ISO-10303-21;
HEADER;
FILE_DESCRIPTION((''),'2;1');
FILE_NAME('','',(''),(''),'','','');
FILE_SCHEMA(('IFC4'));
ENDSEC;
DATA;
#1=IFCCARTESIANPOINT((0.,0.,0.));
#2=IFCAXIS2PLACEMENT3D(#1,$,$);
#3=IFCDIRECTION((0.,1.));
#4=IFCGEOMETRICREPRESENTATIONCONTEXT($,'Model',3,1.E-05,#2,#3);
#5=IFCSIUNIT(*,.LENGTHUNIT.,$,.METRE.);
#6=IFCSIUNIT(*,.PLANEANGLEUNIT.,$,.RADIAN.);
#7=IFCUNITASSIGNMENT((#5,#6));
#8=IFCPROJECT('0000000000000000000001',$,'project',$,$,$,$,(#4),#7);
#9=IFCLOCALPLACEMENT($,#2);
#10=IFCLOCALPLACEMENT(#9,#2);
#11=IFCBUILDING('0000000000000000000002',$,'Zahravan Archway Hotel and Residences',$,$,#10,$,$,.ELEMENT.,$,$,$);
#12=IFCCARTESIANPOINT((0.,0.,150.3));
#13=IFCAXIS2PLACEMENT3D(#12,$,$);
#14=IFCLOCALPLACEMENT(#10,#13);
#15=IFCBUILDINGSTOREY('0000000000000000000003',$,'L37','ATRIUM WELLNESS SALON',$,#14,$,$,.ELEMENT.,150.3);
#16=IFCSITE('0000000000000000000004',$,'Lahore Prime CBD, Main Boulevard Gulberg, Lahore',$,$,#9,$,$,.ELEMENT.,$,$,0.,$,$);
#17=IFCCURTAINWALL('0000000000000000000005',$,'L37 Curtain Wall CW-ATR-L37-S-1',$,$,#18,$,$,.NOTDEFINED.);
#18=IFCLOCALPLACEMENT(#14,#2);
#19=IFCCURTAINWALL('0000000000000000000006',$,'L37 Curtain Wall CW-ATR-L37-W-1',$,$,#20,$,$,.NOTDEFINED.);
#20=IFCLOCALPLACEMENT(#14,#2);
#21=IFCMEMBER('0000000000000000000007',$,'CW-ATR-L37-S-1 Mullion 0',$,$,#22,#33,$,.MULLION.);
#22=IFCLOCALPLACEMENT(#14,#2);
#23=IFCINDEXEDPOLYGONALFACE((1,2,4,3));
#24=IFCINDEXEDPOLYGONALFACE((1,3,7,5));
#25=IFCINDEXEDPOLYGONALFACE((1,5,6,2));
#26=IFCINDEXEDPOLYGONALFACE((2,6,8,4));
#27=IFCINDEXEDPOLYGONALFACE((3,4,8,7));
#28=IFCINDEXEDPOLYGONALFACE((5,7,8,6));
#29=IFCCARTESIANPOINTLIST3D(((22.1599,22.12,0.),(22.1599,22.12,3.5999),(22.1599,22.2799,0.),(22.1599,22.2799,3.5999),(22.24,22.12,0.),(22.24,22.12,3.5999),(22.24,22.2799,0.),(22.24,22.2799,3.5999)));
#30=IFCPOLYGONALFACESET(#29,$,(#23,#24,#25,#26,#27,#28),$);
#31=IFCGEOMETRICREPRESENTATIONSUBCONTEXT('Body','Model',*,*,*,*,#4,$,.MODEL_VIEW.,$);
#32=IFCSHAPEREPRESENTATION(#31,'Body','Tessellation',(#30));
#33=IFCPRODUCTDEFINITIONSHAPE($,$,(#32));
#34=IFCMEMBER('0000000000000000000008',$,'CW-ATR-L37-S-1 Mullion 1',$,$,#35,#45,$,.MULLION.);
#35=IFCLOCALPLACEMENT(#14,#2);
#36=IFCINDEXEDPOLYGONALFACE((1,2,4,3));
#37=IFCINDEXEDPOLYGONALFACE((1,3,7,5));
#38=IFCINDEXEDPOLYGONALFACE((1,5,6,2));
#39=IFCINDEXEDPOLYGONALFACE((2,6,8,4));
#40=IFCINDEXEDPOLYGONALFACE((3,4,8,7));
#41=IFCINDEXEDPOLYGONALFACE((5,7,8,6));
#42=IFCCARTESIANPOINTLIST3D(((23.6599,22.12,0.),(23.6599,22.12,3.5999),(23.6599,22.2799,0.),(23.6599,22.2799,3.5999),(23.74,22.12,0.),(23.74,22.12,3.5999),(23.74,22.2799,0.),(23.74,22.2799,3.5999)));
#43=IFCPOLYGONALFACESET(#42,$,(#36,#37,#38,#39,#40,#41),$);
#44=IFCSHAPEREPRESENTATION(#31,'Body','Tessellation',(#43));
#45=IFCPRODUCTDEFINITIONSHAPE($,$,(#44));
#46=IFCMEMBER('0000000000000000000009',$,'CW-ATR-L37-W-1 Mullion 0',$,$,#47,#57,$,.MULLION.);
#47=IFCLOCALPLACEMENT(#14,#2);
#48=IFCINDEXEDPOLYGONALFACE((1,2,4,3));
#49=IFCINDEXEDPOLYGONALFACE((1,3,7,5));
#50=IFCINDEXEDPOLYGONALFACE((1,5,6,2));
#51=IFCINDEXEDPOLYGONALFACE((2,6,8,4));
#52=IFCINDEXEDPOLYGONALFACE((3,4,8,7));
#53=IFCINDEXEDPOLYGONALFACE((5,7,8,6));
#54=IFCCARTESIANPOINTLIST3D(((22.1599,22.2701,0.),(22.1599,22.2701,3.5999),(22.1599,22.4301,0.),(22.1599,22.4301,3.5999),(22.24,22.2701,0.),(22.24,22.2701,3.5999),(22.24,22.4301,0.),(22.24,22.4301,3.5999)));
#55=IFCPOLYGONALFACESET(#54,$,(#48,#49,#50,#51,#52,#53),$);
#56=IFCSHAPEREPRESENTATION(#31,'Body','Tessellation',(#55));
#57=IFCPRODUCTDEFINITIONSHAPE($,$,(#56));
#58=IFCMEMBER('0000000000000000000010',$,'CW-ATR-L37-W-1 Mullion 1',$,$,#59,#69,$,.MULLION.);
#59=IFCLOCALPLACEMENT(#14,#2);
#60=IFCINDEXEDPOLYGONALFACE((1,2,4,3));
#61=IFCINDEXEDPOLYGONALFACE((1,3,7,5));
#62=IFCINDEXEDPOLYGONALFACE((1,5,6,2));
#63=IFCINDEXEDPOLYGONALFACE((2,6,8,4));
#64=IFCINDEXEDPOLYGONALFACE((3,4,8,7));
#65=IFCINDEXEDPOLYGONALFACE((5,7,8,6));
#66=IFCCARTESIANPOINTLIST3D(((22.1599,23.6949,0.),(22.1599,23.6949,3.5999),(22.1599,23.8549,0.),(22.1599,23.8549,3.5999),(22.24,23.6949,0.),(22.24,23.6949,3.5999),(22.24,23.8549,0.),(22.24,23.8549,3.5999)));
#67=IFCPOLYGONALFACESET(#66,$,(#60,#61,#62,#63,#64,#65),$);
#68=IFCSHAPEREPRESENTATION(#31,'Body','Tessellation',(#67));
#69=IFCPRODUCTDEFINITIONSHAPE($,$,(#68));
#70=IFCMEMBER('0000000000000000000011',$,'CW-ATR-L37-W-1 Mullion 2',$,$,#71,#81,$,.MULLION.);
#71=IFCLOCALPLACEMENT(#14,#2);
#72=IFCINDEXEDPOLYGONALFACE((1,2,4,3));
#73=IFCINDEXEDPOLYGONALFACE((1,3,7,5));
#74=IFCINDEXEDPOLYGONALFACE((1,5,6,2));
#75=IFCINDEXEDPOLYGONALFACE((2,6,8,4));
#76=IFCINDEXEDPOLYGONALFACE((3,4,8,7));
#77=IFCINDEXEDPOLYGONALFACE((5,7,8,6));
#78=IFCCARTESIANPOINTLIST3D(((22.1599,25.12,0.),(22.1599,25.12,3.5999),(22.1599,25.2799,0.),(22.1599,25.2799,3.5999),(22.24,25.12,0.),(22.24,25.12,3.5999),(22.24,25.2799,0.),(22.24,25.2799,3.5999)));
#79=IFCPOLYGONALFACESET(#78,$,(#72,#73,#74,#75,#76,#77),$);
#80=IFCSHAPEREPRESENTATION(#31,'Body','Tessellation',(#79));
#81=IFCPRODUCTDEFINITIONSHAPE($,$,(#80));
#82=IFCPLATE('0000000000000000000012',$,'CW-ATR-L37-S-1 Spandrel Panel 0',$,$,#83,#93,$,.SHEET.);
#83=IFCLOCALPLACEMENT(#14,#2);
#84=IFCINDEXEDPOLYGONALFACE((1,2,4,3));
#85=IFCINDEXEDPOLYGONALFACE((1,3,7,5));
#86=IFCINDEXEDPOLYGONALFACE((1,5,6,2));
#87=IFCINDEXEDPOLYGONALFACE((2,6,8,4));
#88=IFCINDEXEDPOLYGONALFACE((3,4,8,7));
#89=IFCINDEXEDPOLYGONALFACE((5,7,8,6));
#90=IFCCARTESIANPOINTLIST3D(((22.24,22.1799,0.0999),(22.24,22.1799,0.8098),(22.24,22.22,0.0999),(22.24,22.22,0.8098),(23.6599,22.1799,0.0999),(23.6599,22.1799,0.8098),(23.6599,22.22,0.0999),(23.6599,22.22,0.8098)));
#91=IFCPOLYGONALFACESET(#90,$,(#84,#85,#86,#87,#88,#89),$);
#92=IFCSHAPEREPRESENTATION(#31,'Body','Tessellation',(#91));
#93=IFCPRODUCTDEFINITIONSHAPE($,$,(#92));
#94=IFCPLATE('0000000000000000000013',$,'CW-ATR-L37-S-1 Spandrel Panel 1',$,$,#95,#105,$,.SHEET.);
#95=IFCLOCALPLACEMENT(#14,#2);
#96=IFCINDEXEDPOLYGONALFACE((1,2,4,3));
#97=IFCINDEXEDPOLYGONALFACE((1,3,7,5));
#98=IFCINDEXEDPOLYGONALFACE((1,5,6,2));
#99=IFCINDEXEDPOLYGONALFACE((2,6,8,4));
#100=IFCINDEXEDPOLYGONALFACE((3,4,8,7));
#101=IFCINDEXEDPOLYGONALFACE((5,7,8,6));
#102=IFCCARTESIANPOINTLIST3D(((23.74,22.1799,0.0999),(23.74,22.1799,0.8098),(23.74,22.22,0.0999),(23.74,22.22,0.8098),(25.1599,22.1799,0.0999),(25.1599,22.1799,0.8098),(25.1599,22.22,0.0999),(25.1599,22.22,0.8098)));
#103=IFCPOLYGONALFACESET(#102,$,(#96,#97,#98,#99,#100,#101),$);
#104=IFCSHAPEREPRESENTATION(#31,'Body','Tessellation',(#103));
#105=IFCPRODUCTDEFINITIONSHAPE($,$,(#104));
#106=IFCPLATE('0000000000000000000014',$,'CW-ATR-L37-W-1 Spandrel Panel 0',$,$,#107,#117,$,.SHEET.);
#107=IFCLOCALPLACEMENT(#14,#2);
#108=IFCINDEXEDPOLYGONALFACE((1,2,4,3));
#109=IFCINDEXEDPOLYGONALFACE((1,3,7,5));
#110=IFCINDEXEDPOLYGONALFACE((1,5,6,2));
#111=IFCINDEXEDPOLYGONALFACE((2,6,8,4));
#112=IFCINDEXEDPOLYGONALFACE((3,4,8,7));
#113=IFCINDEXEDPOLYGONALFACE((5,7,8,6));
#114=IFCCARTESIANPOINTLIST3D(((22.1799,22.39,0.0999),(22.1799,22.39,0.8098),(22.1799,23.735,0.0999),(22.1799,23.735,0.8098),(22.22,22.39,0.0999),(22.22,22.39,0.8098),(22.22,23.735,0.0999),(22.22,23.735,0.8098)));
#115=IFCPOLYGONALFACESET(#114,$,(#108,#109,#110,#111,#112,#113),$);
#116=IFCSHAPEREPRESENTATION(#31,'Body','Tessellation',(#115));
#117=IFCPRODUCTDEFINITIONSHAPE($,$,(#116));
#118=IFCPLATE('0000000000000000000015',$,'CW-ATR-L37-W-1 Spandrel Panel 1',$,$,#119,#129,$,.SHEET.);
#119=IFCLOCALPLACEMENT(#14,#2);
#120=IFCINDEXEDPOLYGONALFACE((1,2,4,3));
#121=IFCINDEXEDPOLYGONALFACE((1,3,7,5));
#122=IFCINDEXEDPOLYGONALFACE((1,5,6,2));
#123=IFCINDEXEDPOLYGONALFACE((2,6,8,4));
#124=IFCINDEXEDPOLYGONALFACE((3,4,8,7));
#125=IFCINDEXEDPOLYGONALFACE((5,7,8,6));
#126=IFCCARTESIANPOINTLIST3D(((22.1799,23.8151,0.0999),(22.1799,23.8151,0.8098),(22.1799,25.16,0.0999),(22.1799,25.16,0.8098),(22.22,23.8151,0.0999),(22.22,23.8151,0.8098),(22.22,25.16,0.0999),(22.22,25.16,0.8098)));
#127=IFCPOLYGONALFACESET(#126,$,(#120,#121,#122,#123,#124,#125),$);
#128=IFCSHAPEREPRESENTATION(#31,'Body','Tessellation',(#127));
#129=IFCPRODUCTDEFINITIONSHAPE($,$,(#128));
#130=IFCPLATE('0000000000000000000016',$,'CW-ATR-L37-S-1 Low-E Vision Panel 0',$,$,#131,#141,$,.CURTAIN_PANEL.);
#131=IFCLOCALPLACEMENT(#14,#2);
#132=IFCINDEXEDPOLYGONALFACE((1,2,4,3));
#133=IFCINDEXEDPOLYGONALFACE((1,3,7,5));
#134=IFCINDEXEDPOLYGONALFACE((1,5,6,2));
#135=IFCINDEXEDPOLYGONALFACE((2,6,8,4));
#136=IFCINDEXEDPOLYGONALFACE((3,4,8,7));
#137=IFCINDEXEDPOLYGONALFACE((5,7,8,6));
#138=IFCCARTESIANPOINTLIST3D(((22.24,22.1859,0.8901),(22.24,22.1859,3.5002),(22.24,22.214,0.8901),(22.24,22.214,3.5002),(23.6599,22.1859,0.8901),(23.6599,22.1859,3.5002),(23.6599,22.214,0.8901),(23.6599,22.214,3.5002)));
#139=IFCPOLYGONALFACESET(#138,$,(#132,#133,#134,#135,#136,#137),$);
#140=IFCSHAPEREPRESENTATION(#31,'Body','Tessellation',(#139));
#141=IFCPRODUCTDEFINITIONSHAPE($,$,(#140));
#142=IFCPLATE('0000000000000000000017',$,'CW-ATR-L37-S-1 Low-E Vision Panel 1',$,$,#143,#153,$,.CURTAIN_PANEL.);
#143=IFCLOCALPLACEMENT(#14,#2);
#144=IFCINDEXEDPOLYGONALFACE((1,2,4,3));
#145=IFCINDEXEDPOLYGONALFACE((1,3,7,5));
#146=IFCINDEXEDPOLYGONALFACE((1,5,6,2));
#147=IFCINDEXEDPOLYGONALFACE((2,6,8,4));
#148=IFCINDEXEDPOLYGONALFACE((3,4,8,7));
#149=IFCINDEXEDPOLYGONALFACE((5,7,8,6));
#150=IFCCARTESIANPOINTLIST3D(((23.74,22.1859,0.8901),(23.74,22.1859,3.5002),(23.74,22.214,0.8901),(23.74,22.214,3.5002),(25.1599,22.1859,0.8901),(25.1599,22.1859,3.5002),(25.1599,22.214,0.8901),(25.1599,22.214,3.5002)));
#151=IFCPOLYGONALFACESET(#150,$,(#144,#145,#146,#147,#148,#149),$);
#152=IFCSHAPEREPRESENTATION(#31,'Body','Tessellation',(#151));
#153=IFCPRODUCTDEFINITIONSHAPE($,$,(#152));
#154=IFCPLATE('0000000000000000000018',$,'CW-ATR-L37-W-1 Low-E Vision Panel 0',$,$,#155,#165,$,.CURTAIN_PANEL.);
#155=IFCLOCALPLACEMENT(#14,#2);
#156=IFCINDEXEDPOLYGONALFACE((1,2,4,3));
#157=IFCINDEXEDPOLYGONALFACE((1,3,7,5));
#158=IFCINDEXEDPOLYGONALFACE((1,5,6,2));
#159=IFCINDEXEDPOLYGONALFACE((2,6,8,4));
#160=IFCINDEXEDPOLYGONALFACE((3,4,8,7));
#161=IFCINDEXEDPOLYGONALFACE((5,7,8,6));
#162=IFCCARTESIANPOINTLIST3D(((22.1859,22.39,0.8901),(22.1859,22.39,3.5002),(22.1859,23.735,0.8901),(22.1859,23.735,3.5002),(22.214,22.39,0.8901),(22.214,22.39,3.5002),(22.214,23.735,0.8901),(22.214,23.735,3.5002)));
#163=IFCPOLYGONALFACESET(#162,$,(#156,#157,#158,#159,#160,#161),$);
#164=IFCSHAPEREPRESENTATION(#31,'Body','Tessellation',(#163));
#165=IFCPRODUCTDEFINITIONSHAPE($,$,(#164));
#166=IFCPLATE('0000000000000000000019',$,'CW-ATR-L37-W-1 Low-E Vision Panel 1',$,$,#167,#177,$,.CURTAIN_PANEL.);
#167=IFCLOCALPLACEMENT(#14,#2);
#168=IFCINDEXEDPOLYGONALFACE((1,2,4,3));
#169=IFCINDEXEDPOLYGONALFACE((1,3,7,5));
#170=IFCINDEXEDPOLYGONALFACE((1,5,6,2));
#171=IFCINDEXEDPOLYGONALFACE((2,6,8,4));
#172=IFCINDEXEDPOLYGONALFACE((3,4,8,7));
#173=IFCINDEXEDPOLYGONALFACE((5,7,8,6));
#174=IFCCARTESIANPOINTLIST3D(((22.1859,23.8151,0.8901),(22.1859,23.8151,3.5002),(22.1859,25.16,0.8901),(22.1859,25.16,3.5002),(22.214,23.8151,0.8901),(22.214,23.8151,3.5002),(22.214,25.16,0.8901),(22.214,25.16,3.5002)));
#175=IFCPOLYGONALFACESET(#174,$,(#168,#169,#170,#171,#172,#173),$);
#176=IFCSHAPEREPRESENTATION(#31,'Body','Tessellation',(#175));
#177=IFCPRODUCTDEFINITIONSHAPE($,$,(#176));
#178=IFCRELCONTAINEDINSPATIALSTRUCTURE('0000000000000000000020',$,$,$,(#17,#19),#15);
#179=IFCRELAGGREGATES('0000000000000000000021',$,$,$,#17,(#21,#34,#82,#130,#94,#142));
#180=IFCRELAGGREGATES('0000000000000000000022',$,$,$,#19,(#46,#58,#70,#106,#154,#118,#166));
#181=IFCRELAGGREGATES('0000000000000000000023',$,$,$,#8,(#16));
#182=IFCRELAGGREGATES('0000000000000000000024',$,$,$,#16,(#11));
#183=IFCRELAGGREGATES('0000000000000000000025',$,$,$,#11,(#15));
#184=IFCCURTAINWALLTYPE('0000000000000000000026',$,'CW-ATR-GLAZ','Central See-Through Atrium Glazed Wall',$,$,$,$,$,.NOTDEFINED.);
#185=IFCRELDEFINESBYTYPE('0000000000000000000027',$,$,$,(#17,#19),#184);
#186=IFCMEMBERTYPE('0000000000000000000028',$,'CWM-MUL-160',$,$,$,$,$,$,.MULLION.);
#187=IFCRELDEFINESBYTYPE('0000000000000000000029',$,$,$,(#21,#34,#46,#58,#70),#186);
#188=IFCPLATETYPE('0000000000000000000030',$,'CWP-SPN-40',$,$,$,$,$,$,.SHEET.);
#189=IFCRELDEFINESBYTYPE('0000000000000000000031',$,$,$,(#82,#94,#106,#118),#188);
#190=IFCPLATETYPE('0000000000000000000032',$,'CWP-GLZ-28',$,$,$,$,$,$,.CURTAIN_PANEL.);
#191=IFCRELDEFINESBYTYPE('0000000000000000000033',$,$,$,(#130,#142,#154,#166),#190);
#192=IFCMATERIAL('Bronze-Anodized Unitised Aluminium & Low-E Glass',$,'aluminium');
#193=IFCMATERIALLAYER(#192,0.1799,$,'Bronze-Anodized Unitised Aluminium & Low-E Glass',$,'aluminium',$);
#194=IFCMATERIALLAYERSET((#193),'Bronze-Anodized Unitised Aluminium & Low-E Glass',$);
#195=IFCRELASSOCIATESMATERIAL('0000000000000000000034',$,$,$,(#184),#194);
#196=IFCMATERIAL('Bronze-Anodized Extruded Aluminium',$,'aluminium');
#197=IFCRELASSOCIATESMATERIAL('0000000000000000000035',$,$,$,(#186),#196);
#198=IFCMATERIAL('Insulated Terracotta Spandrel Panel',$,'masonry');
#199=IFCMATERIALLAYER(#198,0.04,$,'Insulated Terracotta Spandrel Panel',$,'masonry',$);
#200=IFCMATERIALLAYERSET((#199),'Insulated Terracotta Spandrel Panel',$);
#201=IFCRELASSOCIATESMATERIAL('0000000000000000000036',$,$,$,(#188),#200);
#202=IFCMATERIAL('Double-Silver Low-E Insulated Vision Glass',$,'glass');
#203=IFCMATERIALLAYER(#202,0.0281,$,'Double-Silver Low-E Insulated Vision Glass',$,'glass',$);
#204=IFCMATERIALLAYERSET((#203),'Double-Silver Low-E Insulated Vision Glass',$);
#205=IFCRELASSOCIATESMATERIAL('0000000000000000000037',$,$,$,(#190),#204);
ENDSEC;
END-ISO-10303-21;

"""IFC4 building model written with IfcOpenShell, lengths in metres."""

from ifc_helpers import new_model, si_unit, direction, frame, origin, origin_2d, place, context, subcontext, project, spatial, rectangle, extrude, source, transform, mapped, material, layer, layer_set, material_profile, profile_set, type_object, element, aggregate, save


model = new_model("IFC4")

# Units and contexts
model_context = context("Model", 3, precision=1e-05, world=origin(), true_north=direction((0.0, 1.0)))
body_context = subcontext(model_context, "Body", "Model", "MODEL_VIEW")
ifc_project = project(units=[si_unit("LENGTHUNIT", "METRE"), si_unit("PLANEANGLEUNIT", "RADIAN")], contexts=[model_context])

# Site, building, storey
site_placement = place(None, origin())
site = spatial("IfcSite", under=ifc_project, at=site_placement, Name="Lahore Prime CBD, Main Boulevard Gulberg, Lahore", CompositionType="ELEMENT", RefElevation=0.0)
building_placement = place(site_placement, origin())
building = spatial("IfcBuilding", under=site, at=building_placement, Name="Zahravan Archway Hotel and Residences", CompositionType="ELEMENT")
storey_placement = place(building_placement, frame((0.0, 0.0, 150.3)))
storey = spatial("IfcBuildingStorey", under=building, at=storey_placement, Name="L37", Description="ATRIUM WELLNESS SALON", CompositionType="ELEMENT", Elevation=150.3)

# Curtain walls
ifc_material_1 = material(Name="Bronze-Anodized Unitised Aluminium & Low-E Glass", Category="aluminium")
ifc_layer_1 = layer(ifc_material_1, 0.1799, Name="Bronze-Anodized Unitised Aluminium & Low-E Glass", Category="aluminium")
ifc_layer_set_1 = layer_set([ifc_layer_1], Name="Bronze-Anodized Unitised Aluminium & Low-E Glass")
curtain_wall_type = type_object("IfcCurtainWallType", Name="CW-ATR-GLAZ", Description="Central See-Through Atrium Glazed Wall", PredefinedType="NOTDEFINED", material=ifc_layer_set_1)
curtain_wall_1_placement = place(storey_placement, origin())
curtain_wall_1 = element("IfcCurtainWall", 1, at=curtain_wall_1_placement, inside=storey, type_object=curtain_wall_type, Name="L37 Curtain Wall CW-ATR-L37-S-1", PredefinedType="NOTDEFINED")
ifc_material_2 = material(Name="Bronze-Anodized Extruded Aluminium", Category="aluminium")
curtain_wall_2_placement = place(storey_placement, origin())
curtain_wall_2 = element("IfcCurtainWall", 2, at=curtain_wall_2_placement, inside=storey, type_object=curtain_wall_type, Name="L37 Curtain Wall CW-ATR-L37-W-1", PredefinedType="NOTDEFINED")

# Members
ifc_material_profile_1 = material_profile(ifc_material_2, rectangle(XDim=0.0801, YDim=0.1599, at=origin_2d()), Name="MUL 80x160", Category="aluminium")
ifc_profile_set_1 = profile_set([ifc_material_profile_1], Name="Bronze-Anodized Extruded Aluminium")
member_type_1 = type_object("IfcMemberType", Name="CWM-MUL-160", PredefinedType="MULLION", material=ifc_profile_set_1)
shared_shape_1 = source(origin(), body_context, "Body", "SweptSolid", [
    extrude(rectangle(XDim=0.0801, YDim=0.1599, at=origin_2d()), origin(), (0.0, 0.0, 1.0), 3.5999),
])
member_1_placement = place(storey_placement, frame((22.2, 22.2, 0.0), z_axis=(0.0, 0.0, 1.0), x_axis=(1.0, 0.0, 0.0)))
member_1 = element("IfcMember", 3, at=member_1_placement, type_object=member_type_1, Name="CW-ATR-L37-S-1 Mullion 0", PredefinedType="MULLION", context=body_context, shape_type="MappedRepresentation", body=[
    mapped(shared_shape_1, transform((0.0, 0.0, 0.0), scale=1.0)),
])
member_2_placement = place(storey_placement, frame((23.7, 22.2, 0.0), z_axis=(0.0, 0.0, 1.0), x_axis=(1.0, 0.0, 0.0)))
member_2 = element("IfcMember", 4, at=member_2_placement, type_object=member_type_1, Name="CW-ATR-L37-S-1 Mullion 1", PredefinedType="MULLION", context=body_context, shape_type="MappedRepresentation", body=[
    mapped(shared_shape_1, transform((0.0, 0.0, 0.0), scale=1.0)),
])
member_3_placement = place(storey_placement, frame((22.2, 22.3501, 0.0), z_axis=(0.0, 0.0, 1.0), x_axis=(1.0, 0.0, 0.0)))
member_3 = element("IfcMember", 5, at=member_3_placement, type_object=member_type_1, Name="CW-ATR-L37-W-1 Mullion 0", PredefinedType="MULLION", context=body_context, shape_type="MappedRepresentation", body=[
    mapped(shared_shape_1, transform((0.0, 0.0, 0.0), scale=1.0)),
])
member_4_placement = place(storey_placement, frame((22.2, 23.7749, 0.0), z_axis=(0.0, 0.0, 1.0), x_axis=(1.0, 0.0, 0.0)))
member_4 = element("IfcMember", 6, at=member_4_placement, type_object=member_type_1, Name="CW-ATR-L37-W-1 Mullion 1", PredefinedType="MULLION", context=body_context, shape_type="MappedRepresentation", body=[
    mapped(shared_shape_1, transform((0.0, 0.0, 0.0), scale=1.0)),
])
member_5_placement = place(storey_placement, frame((22.2, 25.2, 0.0), z_axis=(0.0, 0.0, 1.0), x_axis=(1.0, 0.0, 0.0)))
member_5 = element("IfcMember", 7, at=member_5_placement, type_object=member_type_1, Name="CW-ATR-L37-W-1 Mullion 2", PredefinedType="MULLION", context=body_context, shape_type="MappedRepresentation", body=[
    mapped(shared_shape_1, transform((0.0, 0.0, 0.0), scale=1.0)),
])

# Plates
ifc_material_3 = material(Name="Insulated Terracotta Spandrel Panel", Category="masonry")
ifc_layer_2 = layer(ifc_material_3, 0.04, Name="Insulated Terracotta Spandrel Panel", Category="masonry")
ifc_layer_set_2 = layer_set([ifc_layer_2], Name="Insulated Terracotta Spandrel Panel")
plate_type_1 = type_object("IfcPlateType", Name="CWP-SPN-40", PredefinedType="SHEET", material=ifc_layer_set_2)
shared_shape_2 = source(origin(), body_context, "Body", "SweptSolid", [
    extrude(rectangle(XDim=1.4199, YDim=0.04, at=origin_2d()), origin(), (0.0, 0.0, 1.0), 0.71),
])
plate_1_placement = place(storey_placement, frame((22.95, 22.2, 0.0999), z_axis=(0.0, 0.0, 1.0), x_axis=(1.0, 0.0, 0.0)))
plate_1 = element("IfcPlate", 8, at=plate_1_placement, type_object=plate_type_1, Name="CW-ATR-L37-S-1 Spandrel Panel 0", PredefinedType="SHEET", context=body_context, shape_type="MappedRepresentation", body=[
    mapped(shared_shape_2, transform((0.0, 0.0, 0.0), scale=1.0)),
])
plate_2_placement = place(storey_placement, frame((24.45, 22.2, 0.0999), z_axis=(0.0, 0.0, 1.0), x_axis=(1.0, 0.0, 0.0)))
plate_2 = element("IfcPlate", 9, at=plate_2_placement, type_object=plate_type_1, Name="CW-ATR-L37-S-1 Spandrel Panel 1", PredefinedType="SHEET", context=body_context, shape_type="MappedRepresentation", body=[
    mapped(shared_shape_2, transform((0.0, 0.0, 0.0), scale=1.0)),
])
shared_shape_3 = source(origin(), body_context, "Body", "SweptSolid", [
    extrude(rectangle(XDim=1.345, YDim=0.04, at=origin_2d()), origin(), (0.0, 0.0, 1.0), 0.71),
])
plate_3_placement = place(storey_placement, frame((22.2, 23.0625, 0.0999), z_axis=(0.0, 0.0, 1.0), x_axis=(0.0, 1.0, 0.0)))
plate_3 = element("IfcPlate", 10, at=plate_3_placement, type_object=plate_type_1, Name="CW-ATR-L37-W-1 Spandrel Panel 0", PredefinedType="SHEET", context=body_context, shape_type="MappedRepresentation", body=[
    mapped(shared_shape_3, transform((0.0, 0.0, 0.0), scale=1.0)),
])
plate_4_placement = place(storey_placement, frame((22.2, 24.4875, 0.0999), z_axis=(0.0, 0.0, 1.0), x_axis=(0.0, 1.0, 0.0)))
plate_4 = element("IfcPlate", 11, at=plate_4_placement, type_object=plate_type_1, Name="CW-ATR-L37-W-1 Spandrel Panel 1", PredefinedType="SHEET", context=body_context, shape_type="MappedRepresentation", body=[
    mapped(shared_shape_3, transform((0.0, 0.0, 0.0), scale=1.0)),
])
ifc_material_4 = material(Name="Double-Silver Low-E Insulated Vision Glass", Category="glass")
ifc_layer_3 = layer(ifc_material_4, 0.0281, Name="Double-Silver Low-E Insulated Vision Glass", Category="glass")
ifc_layer_set_3 = layer_set([ifc_layer_3], Name="Double-Silver Low-E Insulated Vision Glass")
plate_type_2 = type_object("IfcPlateType", Name="CWP-GLZ-28", PredefinedType="CURTAIN_PANEL", material=ifc_layer_set_3)
shared_shape_4 = source(origin(), body_context, "Body", "SweptSolid", [
    extrude(rectangle(XDim=1.4199, YDim=0.0281, at=origin_2d()), origin(), (0.0, 0.0, 1.0), 2.6101),
])
plate_5_placement = place(storey_placement, frame((22.95, 22.2, 0.8901), z_axis=(0.0, 0.0, 1.0), x_axis=(1.0, 0.0, 0.0)))
plate_5 = element("IfcPlate", 12, at=plate_5_placement, type_object=plate_type_2, Name="CW-ATR-L37-S-1 Low-E Vision Panel 0", PredefinedType="CURTAIN_PANEL", context=body_context, shape_type="MappedRepresentation", body=[
    mapped(shared_shape_4, transform((0.0, 0.0, 0.0), scale=1.0)),
])
plate_6_placement = place(storey_placement, frame((24.45, 22.2, 0.8901), z_axis=(0.0, 0.0, 1.0), x_axis=(1.0, 0.0, 0.0)))
plate_6 = element("IfcPlate", 13, at=plate_6_placement, type_object=plate_type_2, Name="CW-ATR-L37-S-1 Low-E Vision Panel 1", PredefinedType="CURTAIN_PANEL", context=body_context, shape_type="MappedRepresentation", body=[
    mapped(shared_shape_4, transform((0.0, 0.0, 0.0), scale=1.0)),
])
aggregate(curtain_wall_1, [member_1, member_2, plate_1, plate_5, plate_2, plate_6])
shared_shape_5 = source(origin(), body_context, "Body", "SweptSolid", [
    extrude(rectangle(XDim=1.345, YDim=0.0281, at=origin_2d()), origin(), (0.0, 0.0, 1.0), 2.6101),
])
plate_7_placement = place(storey_placement, frame((22.2, 23.0625, 0.8901), z_axis=(0.0, 0.0, 1.0), x_axis=(0.0, 1.0, 0.0)))
plate_7 = element("IfcPlate", 14, at=plate_7_placement, type_object=plate_type_2, Name="CW-ATR-L37-W-1 Low-E Vision Panel 0", PredefinedType="CURTAIN_PANEL", context=body_context, shape_type="MappedRepresentation", body=[
    mapped(shared_shape_5, transform((0.0, 0.0, 0.0), scale=1.0)),
])
plate_8_placement = place(storey_placement, frame((22.2, 24.4875, 0.8901), z_axis=(0.0, 0.0, 1.0), x_axis=(0.0, 1.0, 0.0)))
plate_8 = element("IfcPlate", 15, at=plate_8_placement, type_object=plate_type_2, Name="CW-ATR-L37-W-1 Low-E Vision Panel 1", PredefinedType="CURTAIN_PANEL", context=body_context, shape_type="MappedRepresentation", body=[
    mapped(shared_shape_5, transform((0.0, 0.0, 0.0), scale=1.0)),
])
aggregate(curtain_wall_2, [member_3, member_4, member_5, plate_3, plate_7, plate_4, plate_8])

save(model, "model.ifc")
